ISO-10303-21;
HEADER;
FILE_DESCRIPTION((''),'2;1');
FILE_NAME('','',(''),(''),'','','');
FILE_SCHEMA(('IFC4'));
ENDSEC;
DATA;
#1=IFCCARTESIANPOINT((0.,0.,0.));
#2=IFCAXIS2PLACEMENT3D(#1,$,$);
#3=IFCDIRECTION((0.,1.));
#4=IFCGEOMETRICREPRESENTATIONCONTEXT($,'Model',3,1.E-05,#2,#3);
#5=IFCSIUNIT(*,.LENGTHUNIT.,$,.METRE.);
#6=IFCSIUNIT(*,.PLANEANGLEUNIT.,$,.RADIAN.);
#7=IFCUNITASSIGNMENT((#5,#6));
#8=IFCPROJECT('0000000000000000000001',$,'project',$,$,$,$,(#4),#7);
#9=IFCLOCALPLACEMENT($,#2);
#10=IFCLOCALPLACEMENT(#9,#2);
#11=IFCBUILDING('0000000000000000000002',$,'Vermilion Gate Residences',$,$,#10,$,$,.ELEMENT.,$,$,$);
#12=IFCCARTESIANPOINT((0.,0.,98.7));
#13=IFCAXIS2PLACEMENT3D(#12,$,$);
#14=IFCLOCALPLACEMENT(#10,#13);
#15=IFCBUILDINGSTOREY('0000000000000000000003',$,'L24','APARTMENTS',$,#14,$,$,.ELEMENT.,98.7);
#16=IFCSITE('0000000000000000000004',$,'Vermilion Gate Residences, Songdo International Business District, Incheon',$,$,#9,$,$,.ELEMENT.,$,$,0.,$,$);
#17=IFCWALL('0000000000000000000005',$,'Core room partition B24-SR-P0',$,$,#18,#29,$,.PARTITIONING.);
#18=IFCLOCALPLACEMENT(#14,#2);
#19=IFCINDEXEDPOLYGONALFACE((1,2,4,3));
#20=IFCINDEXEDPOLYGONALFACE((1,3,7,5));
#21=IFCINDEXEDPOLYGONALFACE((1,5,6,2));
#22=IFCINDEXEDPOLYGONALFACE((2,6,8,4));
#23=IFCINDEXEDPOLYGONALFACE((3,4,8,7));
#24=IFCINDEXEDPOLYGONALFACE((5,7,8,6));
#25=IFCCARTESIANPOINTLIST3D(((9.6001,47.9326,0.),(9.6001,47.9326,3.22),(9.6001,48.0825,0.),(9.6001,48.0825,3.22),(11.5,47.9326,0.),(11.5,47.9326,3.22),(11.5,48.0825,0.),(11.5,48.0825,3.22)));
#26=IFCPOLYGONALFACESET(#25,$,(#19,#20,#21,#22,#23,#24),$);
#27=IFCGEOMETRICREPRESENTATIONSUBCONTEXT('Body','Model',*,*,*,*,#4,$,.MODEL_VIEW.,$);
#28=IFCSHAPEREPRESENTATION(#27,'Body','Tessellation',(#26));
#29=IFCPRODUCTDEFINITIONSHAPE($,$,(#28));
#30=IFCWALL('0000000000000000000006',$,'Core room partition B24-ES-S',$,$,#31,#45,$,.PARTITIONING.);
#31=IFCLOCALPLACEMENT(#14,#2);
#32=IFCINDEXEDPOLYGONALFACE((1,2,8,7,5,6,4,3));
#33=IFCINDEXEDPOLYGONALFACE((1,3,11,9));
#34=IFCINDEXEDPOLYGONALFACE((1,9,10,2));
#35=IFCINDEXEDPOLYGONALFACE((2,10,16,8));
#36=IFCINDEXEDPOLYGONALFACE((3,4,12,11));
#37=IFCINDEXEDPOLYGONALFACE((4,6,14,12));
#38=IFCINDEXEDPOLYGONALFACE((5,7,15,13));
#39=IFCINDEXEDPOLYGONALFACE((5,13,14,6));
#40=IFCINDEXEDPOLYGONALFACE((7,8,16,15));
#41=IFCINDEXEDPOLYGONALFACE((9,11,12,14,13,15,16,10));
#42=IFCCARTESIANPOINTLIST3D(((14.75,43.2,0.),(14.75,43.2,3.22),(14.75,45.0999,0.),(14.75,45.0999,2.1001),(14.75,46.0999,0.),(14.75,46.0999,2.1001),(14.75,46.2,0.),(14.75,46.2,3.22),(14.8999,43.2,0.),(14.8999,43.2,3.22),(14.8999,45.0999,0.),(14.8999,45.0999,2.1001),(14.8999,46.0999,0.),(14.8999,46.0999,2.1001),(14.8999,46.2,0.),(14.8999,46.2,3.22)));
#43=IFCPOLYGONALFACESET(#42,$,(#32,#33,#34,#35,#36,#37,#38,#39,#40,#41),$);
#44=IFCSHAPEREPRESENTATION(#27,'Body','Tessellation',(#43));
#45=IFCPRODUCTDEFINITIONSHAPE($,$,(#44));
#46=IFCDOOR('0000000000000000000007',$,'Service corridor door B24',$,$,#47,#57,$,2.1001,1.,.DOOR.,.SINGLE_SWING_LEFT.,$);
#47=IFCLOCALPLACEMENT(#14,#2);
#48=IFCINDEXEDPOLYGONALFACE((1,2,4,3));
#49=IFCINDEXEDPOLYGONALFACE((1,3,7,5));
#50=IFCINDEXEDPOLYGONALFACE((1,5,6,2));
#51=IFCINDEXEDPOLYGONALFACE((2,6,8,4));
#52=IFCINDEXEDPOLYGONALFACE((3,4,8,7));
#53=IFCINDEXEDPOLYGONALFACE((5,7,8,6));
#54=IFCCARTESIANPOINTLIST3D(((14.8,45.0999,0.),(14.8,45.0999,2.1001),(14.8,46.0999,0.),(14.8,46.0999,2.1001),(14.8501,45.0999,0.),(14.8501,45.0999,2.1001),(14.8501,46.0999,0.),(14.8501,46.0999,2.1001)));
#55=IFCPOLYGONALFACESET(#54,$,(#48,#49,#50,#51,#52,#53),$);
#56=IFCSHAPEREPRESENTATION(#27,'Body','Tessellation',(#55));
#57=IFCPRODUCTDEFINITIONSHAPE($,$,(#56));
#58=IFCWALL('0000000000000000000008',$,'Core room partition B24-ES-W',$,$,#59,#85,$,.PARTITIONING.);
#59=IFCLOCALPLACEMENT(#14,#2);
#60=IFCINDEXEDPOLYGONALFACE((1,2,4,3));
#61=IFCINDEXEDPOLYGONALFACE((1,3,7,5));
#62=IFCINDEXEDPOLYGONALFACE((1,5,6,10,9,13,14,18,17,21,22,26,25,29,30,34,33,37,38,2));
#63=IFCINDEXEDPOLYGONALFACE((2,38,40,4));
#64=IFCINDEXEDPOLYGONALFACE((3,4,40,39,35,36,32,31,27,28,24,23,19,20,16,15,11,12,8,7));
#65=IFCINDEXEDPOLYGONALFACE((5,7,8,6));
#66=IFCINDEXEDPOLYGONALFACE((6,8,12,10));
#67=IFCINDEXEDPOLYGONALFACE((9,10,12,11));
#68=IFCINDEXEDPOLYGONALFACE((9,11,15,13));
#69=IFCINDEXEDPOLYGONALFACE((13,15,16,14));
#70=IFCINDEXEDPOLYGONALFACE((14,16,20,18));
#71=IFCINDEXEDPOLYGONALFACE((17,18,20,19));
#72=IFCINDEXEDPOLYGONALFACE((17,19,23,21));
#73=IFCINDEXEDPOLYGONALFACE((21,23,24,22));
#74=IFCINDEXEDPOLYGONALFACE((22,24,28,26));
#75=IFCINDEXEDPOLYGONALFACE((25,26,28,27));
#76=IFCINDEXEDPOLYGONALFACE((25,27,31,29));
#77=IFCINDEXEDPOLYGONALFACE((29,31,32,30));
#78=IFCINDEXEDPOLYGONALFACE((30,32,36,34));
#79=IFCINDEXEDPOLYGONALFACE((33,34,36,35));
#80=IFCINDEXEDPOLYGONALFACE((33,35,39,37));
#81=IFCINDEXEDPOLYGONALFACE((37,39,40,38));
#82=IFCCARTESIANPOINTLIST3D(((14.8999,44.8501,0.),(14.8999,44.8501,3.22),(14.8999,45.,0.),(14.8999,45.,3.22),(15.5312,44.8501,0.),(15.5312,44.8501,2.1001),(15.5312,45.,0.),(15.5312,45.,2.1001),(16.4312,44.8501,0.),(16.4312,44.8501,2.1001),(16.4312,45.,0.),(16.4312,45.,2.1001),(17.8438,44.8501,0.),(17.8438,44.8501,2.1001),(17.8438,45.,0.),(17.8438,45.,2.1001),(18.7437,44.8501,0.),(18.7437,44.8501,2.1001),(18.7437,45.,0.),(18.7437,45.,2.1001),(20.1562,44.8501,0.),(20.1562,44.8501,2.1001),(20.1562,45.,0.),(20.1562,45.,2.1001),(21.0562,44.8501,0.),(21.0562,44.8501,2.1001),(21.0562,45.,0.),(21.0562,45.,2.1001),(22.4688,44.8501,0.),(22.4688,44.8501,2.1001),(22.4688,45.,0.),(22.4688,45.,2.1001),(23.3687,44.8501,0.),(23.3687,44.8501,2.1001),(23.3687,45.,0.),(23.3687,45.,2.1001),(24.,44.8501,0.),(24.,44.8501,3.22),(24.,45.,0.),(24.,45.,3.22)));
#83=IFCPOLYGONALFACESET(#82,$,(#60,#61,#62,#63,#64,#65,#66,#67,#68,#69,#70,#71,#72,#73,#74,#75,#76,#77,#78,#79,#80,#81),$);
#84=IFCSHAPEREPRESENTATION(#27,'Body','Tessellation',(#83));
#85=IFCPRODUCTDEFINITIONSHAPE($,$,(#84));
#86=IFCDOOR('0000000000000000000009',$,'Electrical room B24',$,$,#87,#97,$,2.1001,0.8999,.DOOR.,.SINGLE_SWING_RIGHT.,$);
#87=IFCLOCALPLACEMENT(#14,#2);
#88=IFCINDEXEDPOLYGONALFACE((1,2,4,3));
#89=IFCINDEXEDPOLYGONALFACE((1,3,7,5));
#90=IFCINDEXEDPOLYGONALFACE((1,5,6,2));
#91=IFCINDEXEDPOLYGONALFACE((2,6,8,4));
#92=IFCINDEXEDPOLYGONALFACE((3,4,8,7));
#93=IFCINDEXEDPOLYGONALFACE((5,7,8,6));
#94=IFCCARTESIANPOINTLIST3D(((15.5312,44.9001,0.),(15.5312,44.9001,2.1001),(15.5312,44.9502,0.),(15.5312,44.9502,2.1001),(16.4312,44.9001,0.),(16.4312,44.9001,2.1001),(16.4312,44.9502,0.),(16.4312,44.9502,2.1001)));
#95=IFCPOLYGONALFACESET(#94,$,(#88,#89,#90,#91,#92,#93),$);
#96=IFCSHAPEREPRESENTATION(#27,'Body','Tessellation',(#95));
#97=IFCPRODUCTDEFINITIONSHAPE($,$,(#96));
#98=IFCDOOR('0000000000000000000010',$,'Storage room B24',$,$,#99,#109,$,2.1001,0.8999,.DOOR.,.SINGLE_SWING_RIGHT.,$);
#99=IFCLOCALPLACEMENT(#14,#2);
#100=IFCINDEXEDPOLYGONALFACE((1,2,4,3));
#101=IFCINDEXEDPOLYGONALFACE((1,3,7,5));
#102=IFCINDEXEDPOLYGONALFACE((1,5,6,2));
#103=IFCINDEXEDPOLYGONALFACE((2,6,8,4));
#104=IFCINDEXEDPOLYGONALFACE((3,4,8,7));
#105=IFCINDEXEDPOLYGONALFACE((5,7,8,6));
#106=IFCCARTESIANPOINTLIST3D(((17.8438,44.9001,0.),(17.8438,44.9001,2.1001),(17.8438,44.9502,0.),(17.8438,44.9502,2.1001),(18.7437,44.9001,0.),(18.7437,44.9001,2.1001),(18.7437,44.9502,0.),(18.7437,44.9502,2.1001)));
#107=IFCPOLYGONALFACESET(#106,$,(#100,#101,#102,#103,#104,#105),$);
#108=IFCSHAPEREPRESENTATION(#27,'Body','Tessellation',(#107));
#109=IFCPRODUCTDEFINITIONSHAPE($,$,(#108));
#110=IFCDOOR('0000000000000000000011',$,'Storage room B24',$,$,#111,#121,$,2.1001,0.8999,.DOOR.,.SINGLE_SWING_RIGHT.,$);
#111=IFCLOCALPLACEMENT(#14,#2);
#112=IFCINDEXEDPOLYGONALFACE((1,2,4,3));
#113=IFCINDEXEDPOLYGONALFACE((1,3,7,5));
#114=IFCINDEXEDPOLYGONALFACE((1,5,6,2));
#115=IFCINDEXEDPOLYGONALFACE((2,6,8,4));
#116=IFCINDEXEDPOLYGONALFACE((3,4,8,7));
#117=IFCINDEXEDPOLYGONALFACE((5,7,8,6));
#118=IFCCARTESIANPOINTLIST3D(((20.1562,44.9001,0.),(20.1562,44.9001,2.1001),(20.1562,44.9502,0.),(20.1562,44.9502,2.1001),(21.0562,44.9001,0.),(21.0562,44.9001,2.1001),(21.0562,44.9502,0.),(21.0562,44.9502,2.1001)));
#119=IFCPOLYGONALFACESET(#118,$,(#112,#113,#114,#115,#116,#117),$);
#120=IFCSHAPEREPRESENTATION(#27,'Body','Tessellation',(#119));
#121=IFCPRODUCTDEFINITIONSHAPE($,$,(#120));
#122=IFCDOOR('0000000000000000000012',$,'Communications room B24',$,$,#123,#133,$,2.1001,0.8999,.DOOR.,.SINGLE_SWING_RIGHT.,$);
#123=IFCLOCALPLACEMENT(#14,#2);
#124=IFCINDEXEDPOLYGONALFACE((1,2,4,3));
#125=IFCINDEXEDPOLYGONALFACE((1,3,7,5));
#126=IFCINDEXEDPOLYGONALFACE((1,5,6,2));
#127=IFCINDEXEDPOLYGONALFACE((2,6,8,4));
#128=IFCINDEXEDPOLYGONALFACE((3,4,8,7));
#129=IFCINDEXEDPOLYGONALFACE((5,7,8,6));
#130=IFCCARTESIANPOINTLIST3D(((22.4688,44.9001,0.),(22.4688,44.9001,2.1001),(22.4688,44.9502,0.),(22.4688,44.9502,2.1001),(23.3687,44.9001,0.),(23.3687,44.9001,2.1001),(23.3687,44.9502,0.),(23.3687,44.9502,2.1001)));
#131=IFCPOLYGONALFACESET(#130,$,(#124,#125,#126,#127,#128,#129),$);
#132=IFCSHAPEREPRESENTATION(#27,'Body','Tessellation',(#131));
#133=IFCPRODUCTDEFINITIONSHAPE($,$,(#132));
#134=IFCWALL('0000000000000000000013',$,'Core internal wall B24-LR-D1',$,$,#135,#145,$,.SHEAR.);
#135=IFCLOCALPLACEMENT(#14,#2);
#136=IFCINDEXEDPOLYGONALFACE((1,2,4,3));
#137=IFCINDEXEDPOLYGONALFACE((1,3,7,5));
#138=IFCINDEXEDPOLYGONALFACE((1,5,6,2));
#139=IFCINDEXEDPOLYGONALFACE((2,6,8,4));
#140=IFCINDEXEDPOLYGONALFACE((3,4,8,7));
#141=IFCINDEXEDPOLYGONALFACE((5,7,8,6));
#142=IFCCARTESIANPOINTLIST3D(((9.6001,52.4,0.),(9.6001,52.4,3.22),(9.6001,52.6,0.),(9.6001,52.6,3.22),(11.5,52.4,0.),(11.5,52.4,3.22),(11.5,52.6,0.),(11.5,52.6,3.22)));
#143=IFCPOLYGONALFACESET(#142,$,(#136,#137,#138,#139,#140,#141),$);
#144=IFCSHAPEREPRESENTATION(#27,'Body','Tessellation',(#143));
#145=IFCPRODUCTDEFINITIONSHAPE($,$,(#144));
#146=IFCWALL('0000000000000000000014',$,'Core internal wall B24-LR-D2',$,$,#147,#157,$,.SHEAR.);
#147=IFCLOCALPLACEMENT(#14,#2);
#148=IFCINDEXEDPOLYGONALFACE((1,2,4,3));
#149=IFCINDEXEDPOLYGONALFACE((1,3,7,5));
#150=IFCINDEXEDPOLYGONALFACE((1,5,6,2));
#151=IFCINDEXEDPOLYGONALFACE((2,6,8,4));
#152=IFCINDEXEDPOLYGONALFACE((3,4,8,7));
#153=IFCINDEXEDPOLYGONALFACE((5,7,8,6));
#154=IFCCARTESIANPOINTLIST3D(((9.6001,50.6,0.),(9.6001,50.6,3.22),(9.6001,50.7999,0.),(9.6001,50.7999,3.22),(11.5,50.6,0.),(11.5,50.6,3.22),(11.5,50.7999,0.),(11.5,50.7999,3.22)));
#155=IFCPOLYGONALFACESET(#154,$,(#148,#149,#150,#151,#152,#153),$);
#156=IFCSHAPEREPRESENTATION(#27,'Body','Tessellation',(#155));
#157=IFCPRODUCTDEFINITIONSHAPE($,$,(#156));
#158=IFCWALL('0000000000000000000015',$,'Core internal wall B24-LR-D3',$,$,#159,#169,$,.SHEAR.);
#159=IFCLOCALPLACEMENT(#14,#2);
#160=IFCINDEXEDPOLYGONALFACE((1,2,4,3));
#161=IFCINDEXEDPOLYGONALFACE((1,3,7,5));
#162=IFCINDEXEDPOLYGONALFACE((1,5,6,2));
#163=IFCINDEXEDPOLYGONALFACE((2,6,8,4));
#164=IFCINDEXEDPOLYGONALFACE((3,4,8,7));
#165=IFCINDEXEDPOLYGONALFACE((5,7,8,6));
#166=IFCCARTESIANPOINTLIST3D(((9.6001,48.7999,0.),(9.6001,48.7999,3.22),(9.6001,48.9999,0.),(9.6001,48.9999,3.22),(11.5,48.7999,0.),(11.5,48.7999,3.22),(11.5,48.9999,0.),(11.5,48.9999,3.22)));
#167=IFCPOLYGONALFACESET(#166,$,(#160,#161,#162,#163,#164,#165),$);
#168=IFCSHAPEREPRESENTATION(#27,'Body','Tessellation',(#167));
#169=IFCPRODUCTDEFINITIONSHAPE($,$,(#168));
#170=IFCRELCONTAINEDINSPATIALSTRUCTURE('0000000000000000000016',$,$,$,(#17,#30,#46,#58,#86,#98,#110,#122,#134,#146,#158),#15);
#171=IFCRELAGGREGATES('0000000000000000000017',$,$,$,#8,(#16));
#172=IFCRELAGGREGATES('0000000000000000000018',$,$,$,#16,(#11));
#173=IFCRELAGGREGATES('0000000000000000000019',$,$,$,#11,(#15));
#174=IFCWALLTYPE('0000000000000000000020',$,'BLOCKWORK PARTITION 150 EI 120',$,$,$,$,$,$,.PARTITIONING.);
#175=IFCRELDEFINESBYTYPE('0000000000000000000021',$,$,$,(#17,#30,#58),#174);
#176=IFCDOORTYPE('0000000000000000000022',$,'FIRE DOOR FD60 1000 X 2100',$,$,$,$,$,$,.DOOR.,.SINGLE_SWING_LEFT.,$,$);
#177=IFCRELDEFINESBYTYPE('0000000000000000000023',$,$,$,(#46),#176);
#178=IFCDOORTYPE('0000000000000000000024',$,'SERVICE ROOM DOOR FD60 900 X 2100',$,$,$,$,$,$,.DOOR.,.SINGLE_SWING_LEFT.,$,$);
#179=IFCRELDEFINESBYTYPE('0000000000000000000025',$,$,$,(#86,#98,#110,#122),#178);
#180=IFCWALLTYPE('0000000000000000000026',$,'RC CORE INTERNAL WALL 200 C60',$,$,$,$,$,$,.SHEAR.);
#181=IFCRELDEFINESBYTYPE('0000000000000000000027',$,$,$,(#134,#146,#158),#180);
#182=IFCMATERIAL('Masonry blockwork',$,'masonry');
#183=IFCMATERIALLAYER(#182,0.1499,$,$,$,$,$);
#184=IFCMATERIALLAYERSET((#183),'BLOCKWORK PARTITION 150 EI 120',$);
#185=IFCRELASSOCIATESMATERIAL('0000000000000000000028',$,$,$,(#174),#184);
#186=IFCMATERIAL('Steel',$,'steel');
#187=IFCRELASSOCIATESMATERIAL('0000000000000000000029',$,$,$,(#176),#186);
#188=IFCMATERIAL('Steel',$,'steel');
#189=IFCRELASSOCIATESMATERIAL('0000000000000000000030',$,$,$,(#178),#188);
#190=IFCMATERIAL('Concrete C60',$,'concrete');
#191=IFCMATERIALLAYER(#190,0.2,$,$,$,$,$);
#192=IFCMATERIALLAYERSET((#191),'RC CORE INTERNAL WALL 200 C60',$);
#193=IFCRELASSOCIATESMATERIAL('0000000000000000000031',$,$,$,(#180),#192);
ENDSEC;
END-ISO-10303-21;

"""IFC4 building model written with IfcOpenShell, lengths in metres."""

from ifc_helpers import new_model, si_unit, direction, frame, frame_2d, origin, place, context, subcontext, project, spatial, rectangle, extrude, material, layer, layer_set, type_object, element, fill, save


model = new_model("IFC4")

# Units and contexts
model_context = context("Model", 3, precision=1e-05, world=origin(), true_north=direction((0.0, 1.0)))
body_context = subcontext(model_context, "Body", "Model", "MODEL_VIEW")
ifc_project = project(units=[si_unit("LENGTHUNIT", "METRE"), si_unit("PLANEANGLEUNIT", "RADIAN")], contexts=[model_context])

# Site, building, storey
site_placement = place(None, origin())
site = spatial("IfcSite", under=ifc_project, at=site_placement, Name="Vermilion Gate Residences, Songdo International Business District, Incheon", CompositionType="ELEMENT", RefElevation=0.0)
building_placement = place(site_placement, origin())
building = spatial("IfcBuilding", under=site, at=building_placement, Name="Vermilion Gate Residences", CompositionType="ELEMENT")
storey_placement = place(building_placement, frame((0.0, 0.0, 98.7)))
storey = spatial("IfcBuildingStorey", under=building, at=storey_placement, Name="L24", Description="APARTMENTS", CompositionType="ELEMENT", Elevation=98.7)

# Wall
ifc_material_1 = material(Name="Masonry blockwork", Category="masonry")
ifc_layer_1 = layer(ifc_material_1, 0.1499)
ifc_layer_set_1 = layer_set([ifc_layer_1], Name="BLOCKWORK PARTITION 150 EI 120")
wall_type_1 = type_object("IfcWallType", Name="BLOCKWORK PARTITION 150 EI 120", PredefinedType="PARTITIONING", material=ifc_layer_set_1)
wall_1_placement = place(storey_placement, frame((9.6001, 48.0076, 0.0), z_axis=(0.0, 0.0, 1.0), x_axis=(1.0, 0.0, 0.0)))
element("IfcWall", 1, at=wall_1_placement, inside=storey, type_object=wall_type_1, Name="Core room partition B24-SR-P0", PredefinedType="PARTITIONING", context=body_context, shape_type="SweptSolid", body=[
    extrude(rectangle(XDim=1.8999, YDim=0.1499, at=frame_2d((0.95, 0.0))), origin(), (0.0, 0.0, 1.0), 3.22),
])

# Wall, opening, door
wall_2_placement = place(storey_placement, frame((14.825, 46.2, 0.0), z_axis=(0.0, 0.0, 1.0), x_axis=(0.0, -1.0, 0.0)))
wall_2 = element("IfcWall", 2, at=wall_2_placement, inside=storey, type_object=wall_type_1, Name="Core room partition B24-ES-S", PredefinedType="PARTITIONING", context=body_context, shape_type="SweptSolid", body=[
    extrude(rectangle(XDim=3.0, YDim=0.1499, at=frame_2d((1.5, 0.0))), origin(), (0.0, 0.0, 1.0), 3.22),
])
opening_1_placement = place(wall_2_placement, frame((0.1001, 0.0, 0.0)))
opening_1 = element("IfcOpeningElement", 3, at=opening_1_placement, cuts=wall_2, PredefinedType="OPENING", context=body_context, shape_type="SweptSolid", body=[
    extrude(rectangle(XDim=1.0, YDim=2.1001, at=frame_2d((0.5, 1.05))), frame((0.0, 0.085, 0.0), z_axis=(0.0, -1.0, 0.0), x_axis=(1.0, 0.0, 0.0)), (0.0, 0.0, 1.0), 0.1699),
])
ifc_material_2 = material(Name="Steel", Category="steel")
door_type_1 = type_object("IfcDoorType", Name="FIRE DOOR FD60 1000 X 2100", OperationType="SINGLE_SWING_LEFT", PredefinedType="DOOR", material=ifc_material_2)
door_1_placement = place(opening_1_placement, frame((1.0, 0.0, 0.0), z_axis=(0.0, 0.0, 1.0), x_axis=(-1.0, 0.0, 0.0)))
door_1 = element("IfcDoor", 4, at=door_1_placement, inside=storey, type_object=door_type_1, Name="Service corridor door B24", OperationType="SINGLE_SWING_LEFT", OverallHeight=2.1001, OverallWidth=1.0, PredefinedType="DOOR", context=body_context, shape_type="SweptSolid", body=[
    extrude(rectangle(XDim=1.0, YDim=2.1001, at=frame_2d((0.5, 1.05))), frame((0.0, 0.0249, 0.0), z_axis=(0.0, -1.0, 0.0), x_axis=(1.0, 0.0, 0.0)), (0.0, 0.0, 1.0), 0.05),
])
fill(opening_1, door_1)

# Wall, openings, doors
wall_3_placement = place(storey_placement, frame((14.8999, 44.925, 0.0), z_axis=(0.0, 0.0, 1.0), x_axis=(1.0, 0.0, 0.0)))
wall_3 = element("IfcWall", 5, at=wall_3_placement, inside=storey, type_object=wall_type_1, Name="Core room partition B24-ES-W", PredefinedType="PARTITIONING", context=body_context, shape_type="SweptSolid", body=[
    extrude(rectangle(XDim=9.1001, YDim=0.1499, at=frame_2d((4.55, 0.0))), origin(), (0.0, 0.0, 1.0), 3.22),
])
opening_2_placement = place(wall_3_placement, frame((0.6313, 0.0, 0.0)))
opening_2 = element("IfcOpeningElement", 6, at=opening_2_placement, cuts=wall_3, PredefinedType="OPENING", context=body_context, shape_type="SweptSolid", body=[
    extrude(rectangle(XDim=0.8999, YDim=2.1001, at=frame_2d((0.45, 1.05))), frame((0.0, 0.085, 0.0), z_axis=(0.0, -1.0, 0.0), x_axis=(1.0, 0.0, 0.0)), (0.0, 0.0, 1.0), 0.1699),
])
opening_3_placement = place(wall_3_placement, frame((2.9438, 0.0, 0.0)))
opening_3 = element("IfcOpeningElement", 7, at=opening_3_placement, cuts=wall_3, PredefinedType="OPENING", context=body_context, shape_type="SweptSolid", body=[
    extrude(rectangle(XDim=0.8999, YDim=2.1001, at=frame_2d((0.45, 1.05))), frame((0.0, 0.085, 0.0), z_axis=(0.0, -1.0, 0.0), x_axis=(1.0, 0.0, 0.0)), (0.0, 0.0, 1.0), 0.1699),
])
opening_4_placement = place(wall_3_placement, frame((5.2563, 0.0, 0.0)))
opening_4 = element("IfcOpeningElement", 8, at=opening_4_placement, cuts=wall_3, PredefinedType="OPENING", context=body_context, shape_type="SweptSolid", body=[
    extrude(rectangle(XDim=0.8999, YDim=2.1001, at=frame_2d((0.45, 1.05))), frame((0.0, 0.085, 0.0), z_axis=(0.0, -1.0, 0.0), x_axis=(1.0, 0.0, 0.0)), (0.0, 0.0, 1.0), 0.1699),
])
opening_5_placement = place(wall_3_placement, frame((7.5688, 0.0, 0.0)))
opening_5 = element("IfcOpeningElement", 9, at=opening_5_placement, cuts=wall_3, PredefinedType="OPENING", context=body_context, shape_type="SweptSolid", body=[
    extrude(rectangle(XDim=0.8999, YDim=2.1001, at=frame_2d((0.45, 1.05))), frame((0.0, 0.085, 0.0), z_axis=(0.0, -1.0, 0.0), x_axis=(1.0, 0.0, 0.0)), (0.0, 0.0, 1.0), 0.1699),
])
ifc_material_3 = material(Name="Steel", Category="steel")
door_type_2 = type_object("IfcDoorType", Name="SERVICE ROOM DOOR FD60 900 X 2100", OperationType="SINGLE_SWING_LEFT", PredefinedType="DOOR", material=ifc_material_3)
door_2_placement = place(opening_2_placement, frame((0.8999, 0.0, 0.0), z_axis=(0.0, 0.0, 1.0), x_axis=(-1.0, 0.0, 0.0)))
door_2 = element("IfcDoor", 10, at=door_2_placement, inside=storey, type_object=door_type_2, Name="Electrical room B24", OperationType="SINGLE_SWING_RIGHT", OverallHeight=2.1001, OverallWidth=0.8999, PredefinedType="DOOR", context=body_context, shape_type="SweptSolid", body=[
    extrude(rectangle(XDim=0.8999, YDim=2.1001, at=frame_2d((0.45, 1.05))), frame((0.0, 0.0249, 0.0), z_axis=(0.0, -1.0, 0.0), x_axis=(1.0, 0.0, 0.0)), (0.0, 0.0, 1.0), 0.05),
])
fill(opening_2, door_2)
door_3_placement = place(opening_3_placement, frame((0.8999, 0.0, 0.0), z_axis=(0.0, 0.0, 1.0), x_axis=(-1.0, 0.0, 0.0)))
door_3 = element("IfcDoor", 11, at=door_3_placement, inside=storey, type_object=door_type_2, Name="Storage room B24", OperationType="SINGLE_SWING_RIGHT", OverallHeight=2.1001, OverallWidth=0.8999, PredefinedType="DOOR", context=body_context, shape_type="SweptSolid", body=[
    extrude(rectangle(XDim=0.8999, YDim=2.1001, at=frame_2d((0.45, 1.05))), frame((0.0, 0.0249, 0.0), z_axis=(0.0, -1.0, 0.0), x_axis=(1.0, 0.0, 0.0)), (0.0, 0.0, 1.0), 0.05),
])
fill(opening_3, door_3)
door_4_placement = place(opening_4_placement, frame((0.8999, 0.0, 0.0), z_axis=(0.0, 0.0, 1.0), x_axis=(-1.0, 0.0, 0.0)))
door_4 = element("IfcDoor", 12, at=door_4_placement, inside=storey, type_object=door_type_2, Name="Storage room B24", OperationType="SINGLE_SWING_RIGHT", OverallHeight=2.1001, OverallWidth=0.8999, PredefinedType="DOOR", context=body_context, shape_type="SweptSolid", body=[
    extrude(rectangle(XDim=0.8999, YDim=2.1001, at=frame_2d((0.45, 1.05))), frame((0.0, 0.0249, 0.0), z_axis=(0.0, -1.0, 0.0), x_axis=(1.0, 0.0, 0.0)), (0.0, 0.0, 1.0), 0.05),
])
fill(opening_4, door_4)
door_5_placement = place(opening_5_placement, frame((0.8999, 0.0, 0.0), z_axis=(0.0, 0.0, 1.0), x_axis=(-1.0, 0.0, 0.0)))
door_5 = element("IfcDoor", 13, at=door_5_placement, inside=storey, type_object=door_type_2, Name="Communications room B24", OperationType="SINGLE_SWING_RIGHT", OverallHeight=2.1001, OverallWidth=0.8999, PredefinedType="DOOR", context=body_context, shape_type="SweptSolid", body=[
    extrude(rectangle(XDim=0.8999, YDim=2.1001, at=frame_2d((0.45, 1.05))), frame((0.0, 0.0249, 0.0), z_axis=(0.0, -1.0, 0.0), x_axis=(1.0, 0.0, 0.0)), (0.0, 0.0, 1.0), 0.05),
])
fill(opening_5, door_5)

# Walls
ifc_material_4 = material(Name="Concrete C60", Category="concrete")
ifc_layer_2 = layer(ifc_material_4, 0.2)
ifc_layer_set_2 = layer_set([ifc_layer_2], Name="RC CORE INTERNAL WALL 200 C60")
wall_type_2 = type_object("IfcWallType", Name="RC CORE INTERNAL WALL 200 C60", PredefinedType="SHEAR", material=ifc_layer_set_2)
for number, where, z_axis, x_axis, name in (
    (14, (9.6001, 52.5, 0.0), (0.0, 0.0, 1.0), (1.0, 0.0, 0.0), "Core internal wall B24-LR-D1"),
    (15, (9.6001, 50.7, 0.0), (0.0, 0.0, 1.0), (1.0, 0.0, 0.0), "Core internal wall B24-LR-D2"),
    (16, (9.6001, 48.8999, 0.0), (0.0, 0.0, 1.0), (1.0, 0.0, 0.0), "Core internal wall B24-LR-D3"),
):
    element("IfcWall", number, at=place(storey_placement, frame(where, z_axis=z_axis, x_axis=x_axis)), inside=storey, type_object=wall_type_2, Name=name, PredefinedType="SHEAR", context=body_context, shape_type="SweptSolid", body=[
        extrude(rectangle(XDim=1.8999, YDim=0.2, at=frame_2d((0.95, 0.0))), origin(), (0.0, 0.0, 1.0), 3.22),
    ])

save(model, "model.ifc")
